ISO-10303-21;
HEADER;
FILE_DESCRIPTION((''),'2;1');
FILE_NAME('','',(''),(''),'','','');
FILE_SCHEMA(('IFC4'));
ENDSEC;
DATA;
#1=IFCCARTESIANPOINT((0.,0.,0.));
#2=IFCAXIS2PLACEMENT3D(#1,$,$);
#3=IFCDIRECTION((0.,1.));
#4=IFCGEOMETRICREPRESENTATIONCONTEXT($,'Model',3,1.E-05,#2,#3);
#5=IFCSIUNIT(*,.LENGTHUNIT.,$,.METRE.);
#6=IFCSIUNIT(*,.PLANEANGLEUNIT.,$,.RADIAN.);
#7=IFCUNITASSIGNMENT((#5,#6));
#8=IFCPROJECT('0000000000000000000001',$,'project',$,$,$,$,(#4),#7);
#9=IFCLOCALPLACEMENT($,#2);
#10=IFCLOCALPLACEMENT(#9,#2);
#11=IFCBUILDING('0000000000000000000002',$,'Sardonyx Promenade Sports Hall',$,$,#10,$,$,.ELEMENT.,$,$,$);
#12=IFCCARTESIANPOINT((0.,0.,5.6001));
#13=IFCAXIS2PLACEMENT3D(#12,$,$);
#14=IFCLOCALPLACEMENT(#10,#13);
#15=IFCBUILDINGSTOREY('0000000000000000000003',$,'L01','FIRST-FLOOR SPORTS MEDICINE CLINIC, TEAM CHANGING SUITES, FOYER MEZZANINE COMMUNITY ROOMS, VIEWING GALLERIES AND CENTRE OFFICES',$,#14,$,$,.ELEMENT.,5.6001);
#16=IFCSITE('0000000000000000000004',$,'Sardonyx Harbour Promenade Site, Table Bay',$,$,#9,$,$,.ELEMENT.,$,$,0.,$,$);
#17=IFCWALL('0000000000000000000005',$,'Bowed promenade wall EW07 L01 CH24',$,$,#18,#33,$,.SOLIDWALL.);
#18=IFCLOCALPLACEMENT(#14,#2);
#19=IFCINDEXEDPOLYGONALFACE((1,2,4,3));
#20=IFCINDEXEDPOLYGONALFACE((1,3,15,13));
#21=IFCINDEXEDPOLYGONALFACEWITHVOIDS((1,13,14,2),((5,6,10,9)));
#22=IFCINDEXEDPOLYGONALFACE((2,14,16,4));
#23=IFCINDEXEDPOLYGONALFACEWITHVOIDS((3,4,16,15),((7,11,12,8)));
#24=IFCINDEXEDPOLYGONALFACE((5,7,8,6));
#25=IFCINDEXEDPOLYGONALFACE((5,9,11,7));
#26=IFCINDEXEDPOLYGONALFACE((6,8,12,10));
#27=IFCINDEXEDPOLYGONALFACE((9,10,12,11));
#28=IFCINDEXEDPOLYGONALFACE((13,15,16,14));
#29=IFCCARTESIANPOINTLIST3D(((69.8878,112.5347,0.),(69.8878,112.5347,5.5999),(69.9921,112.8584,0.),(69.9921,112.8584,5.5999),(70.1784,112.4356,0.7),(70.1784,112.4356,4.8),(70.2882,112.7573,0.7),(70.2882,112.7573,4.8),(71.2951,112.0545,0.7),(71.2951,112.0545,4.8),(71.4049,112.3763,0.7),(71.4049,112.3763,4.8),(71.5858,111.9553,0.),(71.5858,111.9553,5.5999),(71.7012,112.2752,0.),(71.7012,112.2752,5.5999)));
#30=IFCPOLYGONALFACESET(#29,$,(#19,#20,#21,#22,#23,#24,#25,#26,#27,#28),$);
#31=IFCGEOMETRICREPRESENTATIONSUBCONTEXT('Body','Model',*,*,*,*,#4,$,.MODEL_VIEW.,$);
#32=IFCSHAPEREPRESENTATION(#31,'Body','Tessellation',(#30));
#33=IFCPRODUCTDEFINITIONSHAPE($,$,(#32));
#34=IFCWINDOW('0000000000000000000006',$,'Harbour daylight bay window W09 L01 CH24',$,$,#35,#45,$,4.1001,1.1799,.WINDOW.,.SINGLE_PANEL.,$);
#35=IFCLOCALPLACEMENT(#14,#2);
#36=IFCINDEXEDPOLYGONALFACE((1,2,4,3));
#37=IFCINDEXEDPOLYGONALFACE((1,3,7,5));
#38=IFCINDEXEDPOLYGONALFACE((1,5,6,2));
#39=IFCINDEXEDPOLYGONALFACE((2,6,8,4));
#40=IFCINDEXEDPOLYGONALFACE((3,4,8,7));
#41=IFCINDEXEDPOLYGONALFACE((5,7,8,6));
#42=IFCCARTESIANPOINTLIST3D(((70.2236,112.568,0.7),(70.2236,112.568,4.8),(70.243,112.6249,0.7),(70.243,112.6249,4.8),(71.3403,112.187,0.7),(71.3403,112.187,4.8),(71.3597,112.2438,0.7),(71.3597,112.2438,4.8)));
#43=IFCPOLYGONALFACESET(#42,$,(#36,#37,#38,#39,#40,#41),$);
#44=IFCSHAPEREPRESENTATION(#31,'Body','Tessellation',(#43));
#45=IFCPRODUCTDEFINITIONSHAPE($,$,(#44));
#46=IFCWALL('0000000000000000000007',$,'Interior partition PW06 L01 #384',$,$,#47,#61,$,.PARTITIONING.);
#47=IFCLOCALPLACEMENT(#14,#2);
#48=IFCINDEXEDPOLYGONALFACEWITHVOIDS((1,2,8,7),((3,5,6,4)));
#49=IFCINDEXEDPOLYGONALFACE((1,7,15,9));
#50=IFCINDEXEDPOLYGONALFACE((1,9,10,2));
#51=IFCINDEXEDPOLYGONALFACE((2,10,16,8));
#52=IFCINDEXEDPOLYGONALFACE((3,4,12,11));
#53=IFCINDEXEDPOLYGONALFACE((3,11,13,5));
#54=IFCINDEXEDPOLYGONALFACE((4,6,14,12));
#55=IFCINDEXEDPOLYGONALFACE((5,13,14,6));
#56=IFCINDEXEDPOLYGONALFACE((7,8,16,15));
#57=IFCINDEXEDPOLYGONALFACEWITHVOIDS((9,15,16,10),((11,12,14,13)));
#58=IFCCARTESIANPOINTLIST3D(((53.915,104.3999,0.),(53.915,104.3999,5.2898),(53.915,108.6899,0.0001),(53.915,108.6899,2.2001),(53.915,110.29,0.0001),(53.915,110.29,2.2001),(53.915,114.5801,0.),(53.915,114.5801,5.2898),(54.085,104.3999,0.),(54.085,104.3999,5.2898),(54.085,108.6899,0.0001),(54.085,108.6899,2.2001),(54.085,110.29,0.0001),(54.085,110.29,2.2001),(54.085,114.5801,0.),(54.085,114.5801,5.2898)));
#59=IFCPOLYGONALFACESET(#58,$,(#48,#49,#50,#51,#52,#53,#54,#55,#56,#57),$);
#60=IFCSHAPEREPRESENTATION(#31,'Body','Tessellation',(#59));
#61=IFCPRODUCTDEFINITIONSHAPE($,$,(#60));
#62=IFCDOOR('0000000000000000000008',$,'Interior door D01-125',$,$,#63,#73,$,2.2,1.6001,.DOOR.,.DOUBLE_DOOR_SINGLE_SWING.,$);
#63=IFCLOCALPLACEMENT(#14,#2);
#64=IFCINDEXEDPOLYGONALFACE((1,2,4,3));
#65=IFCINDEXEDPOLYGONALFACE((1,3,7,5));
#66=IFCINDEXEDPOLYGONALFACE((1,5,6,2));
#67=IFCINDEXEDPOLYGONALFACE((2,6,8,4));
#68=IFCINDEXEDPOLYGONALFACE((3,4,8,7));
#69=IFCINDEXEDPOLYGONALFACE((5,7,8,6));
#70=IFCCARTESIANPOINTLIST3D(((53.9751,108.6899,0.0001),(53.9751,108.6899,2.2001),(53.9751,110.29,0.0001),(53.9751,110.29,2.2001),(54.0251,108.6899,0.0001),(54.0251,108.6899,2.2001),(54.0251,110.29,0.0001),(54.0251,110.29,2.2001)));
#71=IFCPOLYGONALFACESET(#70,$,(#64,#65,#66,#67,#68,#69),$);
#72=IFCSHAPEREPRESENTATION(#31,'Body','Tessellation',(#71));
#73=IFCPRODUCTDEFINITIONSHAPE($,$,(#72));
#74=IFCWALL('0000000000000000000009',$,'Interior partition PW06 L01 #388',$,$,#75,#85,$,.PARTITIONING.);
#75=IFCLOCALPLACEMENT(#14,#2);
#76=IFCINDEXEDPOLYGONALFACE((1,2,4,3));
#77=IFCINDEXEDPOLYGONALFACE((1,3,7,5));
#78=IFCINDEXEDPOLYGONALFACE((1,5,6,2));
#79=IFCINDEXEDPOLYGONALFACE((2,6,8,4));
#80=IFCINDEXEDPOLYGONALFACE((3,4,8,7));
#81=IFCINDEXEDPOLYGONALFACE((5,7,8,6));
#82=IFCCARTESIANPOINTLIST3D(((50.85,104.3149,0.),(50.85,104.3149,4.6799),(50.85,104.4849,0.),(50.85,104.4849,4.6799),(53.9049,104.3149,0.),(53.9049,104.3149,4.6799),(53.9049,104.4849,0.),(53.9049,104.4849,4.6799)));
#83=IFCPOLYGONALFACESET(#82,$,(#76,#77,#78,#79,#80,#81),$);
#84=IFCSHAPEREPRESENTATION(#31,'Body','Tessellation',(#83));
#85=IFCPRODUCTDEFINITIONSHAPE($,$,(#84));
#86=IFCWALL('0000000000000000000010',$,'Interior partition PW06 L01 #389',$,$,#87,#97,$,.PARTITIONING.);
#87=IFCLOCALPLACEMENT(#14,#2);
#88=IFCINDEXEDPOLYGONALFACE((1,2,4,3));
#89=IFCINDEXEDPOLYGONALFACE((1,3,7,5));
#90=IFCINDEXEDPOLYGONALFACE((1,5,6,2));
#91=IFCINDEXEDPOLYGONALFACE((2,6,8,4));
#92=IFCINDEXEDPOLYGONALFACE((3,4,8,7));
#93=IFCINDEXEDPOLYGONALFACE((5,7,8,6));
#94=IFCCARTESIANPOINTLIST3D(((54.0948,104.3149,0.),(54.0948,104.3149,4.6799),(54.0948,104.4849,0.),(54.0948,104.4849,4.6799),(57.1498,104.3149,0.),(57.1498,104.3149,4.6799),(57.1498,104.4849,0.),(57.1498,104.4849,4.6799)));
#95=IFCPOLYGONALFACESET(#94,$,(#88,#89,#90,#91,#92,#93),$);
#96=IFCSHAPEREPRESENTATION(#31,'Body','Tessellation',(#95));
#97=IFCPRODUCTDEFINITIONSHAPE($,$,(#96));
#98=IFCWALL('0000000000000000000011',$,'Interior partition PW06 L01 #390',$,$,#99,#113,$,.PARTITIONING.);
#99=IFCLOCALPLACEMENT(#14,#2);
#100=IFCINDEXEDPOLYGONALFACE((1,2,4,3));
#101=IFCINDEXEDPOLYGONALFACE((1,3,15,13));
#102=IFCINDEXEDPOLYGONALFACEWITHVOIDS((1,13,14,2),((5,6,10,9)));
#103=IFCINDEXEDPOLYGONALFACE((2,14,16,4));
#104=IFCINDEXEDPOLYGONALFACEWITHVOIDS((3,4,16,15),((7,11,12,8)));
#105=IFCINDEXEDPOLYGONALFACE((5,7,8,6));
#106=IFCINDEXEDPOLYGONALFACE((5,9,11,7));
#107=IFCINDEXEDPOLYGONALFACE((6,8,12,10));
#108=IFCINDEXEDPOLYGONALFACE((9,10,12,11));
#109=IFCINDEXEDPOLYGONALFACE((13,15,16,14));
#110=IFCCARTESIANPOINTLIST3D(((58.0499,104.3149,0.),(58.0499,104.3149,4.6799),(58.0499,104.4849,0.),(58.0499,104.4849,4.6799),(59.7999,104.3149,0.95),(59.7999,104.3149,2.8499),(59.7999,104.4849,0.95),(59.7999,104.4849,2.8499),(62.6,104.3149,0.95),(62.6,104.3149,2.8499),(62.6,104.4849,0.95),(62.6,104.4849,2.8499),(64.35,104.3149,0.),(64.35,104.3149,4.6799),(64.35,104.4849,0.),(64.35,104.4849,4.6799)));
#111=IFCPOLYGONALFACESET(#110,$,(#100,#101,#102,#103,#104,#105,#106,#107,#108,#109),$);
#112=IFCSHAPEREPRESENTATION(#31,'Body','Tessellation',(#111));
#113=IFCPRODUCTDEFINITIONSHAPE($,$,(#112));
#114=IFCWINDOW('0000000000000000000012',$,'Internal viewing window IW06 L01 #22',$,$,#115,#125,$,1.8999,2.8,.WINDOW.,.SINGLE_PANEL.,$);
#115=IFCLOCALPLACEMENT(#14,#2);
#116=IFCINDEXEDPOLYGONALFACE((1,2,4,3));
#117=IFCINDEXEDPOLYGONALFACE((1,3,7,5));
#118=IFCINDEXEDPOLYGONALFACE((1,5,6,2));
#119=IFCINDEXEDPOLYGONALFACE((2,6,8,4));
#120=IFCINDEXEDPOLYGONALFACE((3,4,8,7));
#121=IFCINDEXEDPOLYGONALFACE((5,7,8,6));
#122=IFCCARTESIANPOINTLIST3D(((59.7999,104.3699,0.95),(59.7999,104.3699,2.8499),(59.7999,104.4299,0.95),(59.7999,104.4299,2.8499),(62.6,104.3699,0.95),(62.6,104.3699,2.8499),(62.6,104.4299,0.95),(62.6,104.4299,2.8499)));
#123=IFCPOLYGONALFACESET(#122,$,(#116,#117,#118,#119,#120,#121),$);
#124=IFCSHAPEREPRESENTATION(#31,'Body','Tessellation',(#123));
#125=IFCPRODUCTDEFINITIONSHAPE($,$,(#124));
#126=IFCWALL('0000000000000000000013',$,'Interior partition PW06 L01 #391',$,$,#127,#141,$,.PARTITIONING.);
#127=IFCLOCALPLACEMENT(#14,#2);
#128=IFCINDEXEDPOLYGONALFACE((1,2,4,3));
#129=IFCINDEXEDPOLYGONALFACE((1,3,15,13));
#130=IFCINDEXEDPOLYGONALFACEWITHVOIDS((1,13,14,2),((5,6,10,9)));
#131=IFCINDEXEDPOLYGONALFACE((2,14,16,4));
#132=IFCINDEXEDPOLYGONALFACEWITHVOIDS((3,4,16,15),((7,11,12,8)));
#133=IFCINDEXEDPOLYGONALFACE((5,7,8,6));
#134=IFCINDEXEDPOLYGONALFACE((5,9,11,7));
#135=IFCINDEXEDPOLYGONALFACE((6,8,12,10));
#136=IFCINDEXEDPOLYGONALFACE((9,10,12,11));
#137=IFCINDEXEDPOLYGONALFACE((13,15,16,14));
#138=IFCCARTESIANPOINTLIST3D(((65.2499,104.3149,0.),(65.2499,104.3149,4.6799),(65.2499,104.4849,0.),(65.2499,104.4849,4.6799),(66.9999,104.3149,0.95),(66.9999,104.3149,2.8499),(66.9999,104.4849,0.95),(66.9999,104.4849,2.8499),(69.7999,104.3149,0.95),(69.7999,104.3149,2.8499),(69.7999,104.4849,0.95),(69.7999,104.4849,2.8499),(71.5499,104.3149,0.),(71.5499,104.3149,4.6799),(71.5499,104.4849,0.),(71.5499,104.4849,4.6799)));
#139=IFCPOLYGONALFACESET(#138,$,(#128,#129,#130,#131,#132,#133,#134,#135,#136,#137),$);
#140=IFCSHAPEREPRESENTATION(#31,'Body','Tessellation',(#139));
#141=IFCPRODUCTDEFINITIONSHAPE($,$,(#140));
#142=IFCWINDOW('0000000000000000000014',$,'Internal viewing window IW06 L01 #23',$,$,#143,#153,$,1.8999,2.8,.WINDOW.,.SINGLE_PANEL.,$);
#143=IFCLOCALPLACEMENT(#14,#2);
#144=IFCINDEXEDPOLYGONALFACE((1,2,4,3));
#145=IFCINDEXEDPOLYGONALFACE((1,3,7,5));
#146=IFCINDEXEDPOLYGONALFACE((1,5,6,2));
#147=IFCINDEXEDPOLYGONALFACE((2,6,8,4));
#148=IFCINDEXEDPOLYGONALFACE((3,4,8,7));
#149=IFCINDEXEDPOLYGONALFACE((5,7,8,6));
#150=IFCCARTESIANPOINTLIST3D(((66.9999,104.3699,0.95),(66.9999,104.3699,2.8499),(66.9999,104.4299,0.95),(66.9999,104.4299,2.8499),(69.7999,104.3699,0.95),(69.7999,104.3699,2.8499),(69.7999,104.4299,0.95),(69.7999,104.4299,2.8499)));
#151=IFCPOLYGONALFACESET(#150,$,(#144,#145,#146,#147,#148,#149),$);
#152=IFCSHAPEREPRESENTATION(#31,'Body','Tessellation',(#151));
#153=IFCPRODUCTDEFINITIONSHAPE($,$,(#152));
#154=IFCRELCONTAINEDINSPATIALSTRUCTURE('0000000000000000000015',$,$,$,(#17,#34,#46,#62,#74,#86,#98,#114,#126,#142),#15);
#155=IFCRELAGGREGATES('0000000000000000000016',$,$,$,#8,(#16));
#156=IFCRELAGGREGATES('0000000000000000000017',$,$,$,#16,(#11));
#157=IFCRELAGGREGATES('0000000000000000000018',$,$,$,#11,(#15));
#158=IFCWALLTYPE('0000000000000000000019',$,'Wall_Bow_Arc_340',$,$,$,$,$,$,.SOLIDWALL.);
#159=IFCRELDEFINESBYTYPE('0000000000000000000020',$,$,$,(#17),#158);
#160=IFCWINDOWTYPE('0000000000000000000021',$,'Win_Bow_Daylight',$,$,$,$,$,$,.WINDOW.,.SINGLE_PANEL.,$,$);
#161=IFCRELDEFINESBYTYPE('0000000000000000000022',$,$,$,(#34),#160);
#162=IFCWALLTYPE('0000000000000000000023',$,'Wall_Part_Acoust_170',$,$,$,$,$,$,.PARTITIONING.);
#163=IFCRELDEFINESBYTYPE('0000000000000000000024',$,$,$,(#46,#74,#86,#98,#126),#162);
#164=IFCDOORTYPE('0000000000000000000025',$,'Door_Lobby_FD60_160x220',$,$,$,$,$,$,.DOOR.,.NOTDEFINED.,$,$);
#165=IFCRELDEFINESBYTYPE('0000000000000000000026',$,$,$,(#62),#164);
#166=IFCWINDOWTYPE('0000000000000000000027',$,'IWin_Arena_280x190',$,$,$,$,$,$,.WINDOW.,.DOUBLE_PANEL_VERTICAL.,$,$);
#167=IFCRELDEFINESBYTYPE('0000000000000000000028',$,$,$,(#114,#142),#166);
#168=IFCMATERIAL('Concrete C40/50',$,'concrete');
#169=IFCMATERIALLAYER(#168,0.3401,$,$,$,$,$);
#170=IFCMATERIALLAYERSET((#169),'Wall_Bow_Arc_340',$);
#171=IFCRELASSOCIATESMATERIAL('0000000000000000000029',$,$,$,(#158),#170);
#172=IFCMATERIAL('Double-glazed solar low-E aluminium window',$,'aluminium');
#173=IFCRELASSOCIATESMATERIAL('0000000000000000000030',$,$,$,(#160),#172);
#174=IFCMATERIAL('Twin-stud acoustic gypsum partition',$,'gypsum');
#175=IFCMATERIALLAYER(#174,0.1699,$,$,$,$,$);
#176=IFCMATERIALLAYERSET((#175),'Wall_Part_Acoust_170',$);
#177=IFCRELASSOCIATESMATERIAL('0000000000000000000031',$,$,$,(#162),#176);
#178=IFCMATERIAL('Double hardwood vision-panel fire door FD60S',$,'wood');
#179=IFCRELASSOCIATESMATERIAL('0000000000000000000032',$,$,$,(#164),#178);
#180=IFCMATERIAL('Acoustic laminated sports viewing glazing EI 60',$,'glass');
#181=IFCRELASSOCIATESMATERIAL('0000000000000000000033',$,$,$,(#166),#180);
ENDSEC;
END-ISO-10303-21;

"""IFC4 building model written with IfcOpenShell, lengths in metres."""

from ifc_helpers import new_model, si_unit, direction, frame, frame_2d, origin, place, context, subcontext, project, spatial, polyline, rectangle, outline, extrude, material, layer, layer_set, type_object, element, fill, save


model = new_model("IFC4")

# Units and contexts
model_context = context("Model", 3, precision=1e-05, world=origin(), true_north=direction((0.0, 1.0)))
body_context = subcontext(model_context, "Body", "Model", "MODEL_VIEW")
ifc_project = project(units=[si_unit("LENGTHUNIT", "METRE"), si_unit("PLANEANGLEUNIT", "RADIAN")], contexts=[model_context])

# Site, building, storey
site_placement = place(None, origin())
site = spatial("IfcSite", under=ifc_project, at=site_placement, Name="Sardonyx Harbour Promenade Site, Table Bay", CompositionType="ELEMENT", RefElevation=0.0)
building_placement = place(site_placement, origin())
building = spatial("IfcBuilding", under=site, at=building_placement, Name="Sardonyx Promenade Sports Hall", CompositionType="ELEMENT")
storey_placement = place(building_placement, frame((0.0, 0.0, 5.6001)))
storey = spatial("IfcBuildingStorey", under=building, at=storey_placement, Name="L01", Description="FIRST-FLOOR SPORTS MEDICINE CLINIC, TEAM CHANGING SUITES, FOYER MEZZANINE COMMUNITY ROOMS, VIEWING GALLERIES AND CENTRE OFFICES", CompositionType="ELEMENT", Elevation=5.6001)

# Shared definitions
ifc_material_1 = material(Name="Concrete C40/50", Category="concrete")
ifc_layer_1 = layer(ifc_material_1, 0.3401)
ifc_layer_set_1 = layer_set([ifc_layer_1], Name="Wall_Bow_Arc_340")
wall_type_1 = type_object("IfcWallType", Name="Wall_Bow_Arc_340", PredefinedType="SOLIDWALL", material=ifc_layer_set_1)

# Wall, opening, window
wall_1_placement = place(storey_placement, frame((69.9399, 112.6965, 0.0), z_axis=(0.0, 0.0, 1.0), x_axis=(0.946422, -0.322934, 0.0)))
wall_1 = element("IfcWall", 1, at=wall_1_placement, inside=storey, type_object=wall_type_1, Name="Bowed promenade wall EW07 L01 CH24", PredefinedType="SOLIDWALL", context=body_context, shape_type="SweptSolid", body=[
    extrude(outline(polyline([(0.0029, -0.17), (1.7971, -0.17), (1.8029, 0.17), (-0.0029, 0.17), (0.0029, -0.17)])), origin(), (0.0, 0.0, 1.0), 5.5999),
])
opening_1_placement = place(wall_1_placement, frame((0.3101, 0.0, 0.7)))
opening_1 = element("IfcOpeningElement", 2, at=opening_1_placement, cuts=wall_1, PredefinedType="OPENING", context=body_context, shape_type="SweptSolid", body=[
    extrude(rectangle(XDim=1.1799, YDim=4.1001, at=frame_2d((0.5898, 2.05))), frame((0.0, 0.18, 0.0), z_axis=(0.0, -1.0, 0.0), x_axis=(1.0, 0.0, 0.0)), (0.0, 0.0, 1.0), 0.36),
])
ifc_material_2 = material(Name="Double-glazed solar low-E aluminium window", Category="aluminium")
window_type_1 = type_object("IfcWindowType", Name="Win_Bow_Daylight", PartitioningType="SINGLE_PANEL", PredefinedType="WINDOW", material=ifc_material_2)
window_1_placement = place(opening_1_placement, origin())
window_1 = element("IfcWindow", 3, at=window_1_placement, inside=storey, type_object=window_type_1, Name="Harbour daylight bay window W09 L01 CH24", OverallHeight=4.1001, OverallWidth=1.1799, PartitioningType="SINGLE_PANEL", PredefinedType="WINDOW", context=body_context, shape_type="SweptSolid", body=[
    extrude(rectangle(XDim=1.1799, YDim=4.1001, at=frame_2d((0.5898, 2.05))), frame((0.0, 0.03, 0.0), z_axis=(0.0, -1.0, 0.0), x_axis=(1.0, 0.0, 0.0)), (0.0, 0.0, 1.0), 0.0601),
])
fill(opening_1, window_1)

# Wall, opening, door
ifc_material_3 = material(Name="Twin-stud acoustic gypsum partition", Category="gypsum")
ifc_layer_2 = layer(ifc_material_3, 0.1699)
ifc_layer_set_2 = layer_set([ifc_layer_2], Name="Wall_Part_Acoust_170")
wall_type_2 = type_object("IfcWallType", Name="Wall_Part_Acoust_170", PredefinedType="PARTITIONING", material=ifc_layer_set_2)
wall_2_placement = place(storey_placement, frame((54.0, 104.3999, 0.0), z_axis=(0.0, 0.0, 1.0), x_axis=(0.0, 1.0, 0.0)))
wall_2 = element("IfcWall", 4, at=wall_2_placement, inside=storey, type_object=wall_type_2, Name="Interior partition PW06 L01 #384", PredefinedType="PARTITIONING", context=body_context, shape_type="SweptSolid", body=[
    extrude(rectangle(XDim=10.1802, YDim=0.1699, at=frame_2d((5.0901, 0.0))), origin(), (0.0, 0.0, 1.0), 5.2898),
])
opening_2_placement = place(wall_2_placement, frame((4.29, 0.0, 0.0)))
opening_2 = element("IfcOpeningElement", 5, at=opening_2_placement, cuts=wall_2, PredefinedType="OPENING", context=body_context, shape_type="SweptSolid", body=[
    extrude(rectangle(XDim=1.6001, YDim=2.2, at=frame_2d((0.8, 1.1001))), frame((0.0, 0.095, 0.0), z_axis=(0.0, -1.0, 0.0), x_axis=(1.0, 0.0, 0.0)), (0.0, 0.0, 1.0), 0.19),
])
ifc_material_4 = material(Name="Double hardwood vision-panel fire door FD60S", Category="wood")
door_type = type_object("IfcDoorType", Name="Door_Lobby_FD60_160x220", OperationType="NOTDEFINED", PredefinedType="DOOR", material=ifc_material_4)
door_placement = place(opening_2_placement, origin())
door = element("IfcDoor", 6, at=door_placement, inside=storey, type_object=door_type, Name="Interior door D01-125", OperationType="DOUBLE_DOOR_SINGLE_SWING", OverallHeight=2.2, OverallWidth=1.6001, PredefinedType="DOOR", context=body_context, shape_type="SweptSolid", body=[
    extrude(rectangle(XDim=1.6001, YDim=2.2, at=frame_2d((0.8, 1.1001))), frame((0.0, 0.0249, 0.0), z_axis=(0.0, -1.0, 0.0), x_axis=(1.0, 0.0, 0.0)), (0.0, 0.0, 1.0), 0.05),
])
fill(opening_2, door)

# Walls
for number, where, z_axis, x_axis, name in (
    (7, (50.8501, 104.3999, 0.0), (0.0, 0.0, 1.0), (1.0, 0.0, 0.0), "Interior partition PW06 L01 #388"),
    (8, (54.095, 104.3999, 0.0), (0.0, 0.0, 1.0), (1.0, 0.0, 0.0), "Interior partition PW06 L01 #389"),
):
    element("IfcWall", number, at=place(storey_placement, frame(where, z_axis=z_axis, x_axis=x_axis)), inside=storey, type_object=wall_type_2, Name=name, PredefinedType="PARTITIONING", context=body_context, shape_type="SweptSolid", body=[
        extrude(rectangle(XDim=3.0549, YDim=0.1699, at=frame_2d((1.5273, 0.0))), origin(), (0.0, 0.0, 1.0), 4.6799),
    ])

# Walls, openings, windows
wall_3_placement = place(storey_placement, frame((58.05, 104.3999, 0.0), z_axis=(0.0, 0.0, 1.0), x_axis=(1.0, 0.0, 0.0)))
wall_3 = element("IfcWall", 9, at=wall_3_placement, inside=storey, type_object=wall_type_2, Name="Interior partition PW06 L01 #390", PredefinedType="PARTITIONING", context=body_context, shape_type="SweptSolid", body=[
    extrude(rectangle(XDim=6.3, YDim=0.1699, at=frame_2d((3.1499, 0.0))), origin(), (0.0, 0.0, 1.0), 4.6799),
])
opening_3_placement = place(wall_3_placement, frame((1.75, 0.0, 0.95)))
opening_3 = element("IfcOpeningElement", 10, at=opening_3_placement, cuts=wall_3, PredefinedType="OPENING", context=body_context, shape_type="SweptSolid", body=[
    extrude(rectangle(XDim=2.8, YDim=1.8999, at=frame_2d((1.3999, 0.95))), frame((0.0, 0.095, 0.0), z_axis=(0.0, -1.0, 0.0), x_axis=(1.0, 0.0, 0.0)), (0.0, 0.0, 1.0), 0.19),
])
ifc_material_5 = material(Name="Acoustic laminated sports viewing glazing EI 60", Category="glass")
window_type_2 = type_object("IfcWindowType", Name="IWin_Arena_280x190", PartitioningType="DOUBLE_PANEL_VERTICAL", PredefinedType="WINDOW", material=ifc_material_5)
window_2_placement = place(opening_3_placement, origin())
window_2 = element("IfcWindow", 11, at=window_2_placement, inside=storey, type_object=window_type_2, Name="Internal viewing window IW06 L01 #22", OverallHeight=1.8999, OverallWidth=2.8, PartitioningType="SINGLE_PANEL", PredefinedType="WINDOW", context=body_context, shape_type="SweptSolid", body=[
    extrude(rectangle(XDim=2.8, YDim=1.8999, at=frame_2d((1.3999, 0.95))), frame((0.0, 0.03, 0.0), z_axis=(0.0, -1.0, 0.0), x_axis=(1.0, 0.0, 0.0)), (0.0, 0.0, 1.0), 0.0601),
])
fill(opening_3, window_2)
wall_4_placement = place(storey_placement, frame((65.25, 104.3999, 0.0), z_axis=(0.0, 0.0, 1.0), x_axis=(1.0, 0.0, 0.0)))
wall_4 = element("IfcWall", 12, at=wall_4_placement, inside=storey, type_object=wall_type_2, Name="Interior partition PW06 L01 #391", PredefinedType="PARTITIONING", context=body_context, shape_type="SweptSolid", body=[
    extrude(rectangle(XDim=6.3, YDim=0.1699, at=frame_2d((3.1499, 0.0))), origin(), (0.0, 0.0, 1.0), 4.6799),
])
opening_4_placement = place(wall_4_placement, frame((1.75, 0.0, 0.95)))
opening_4 = element("IfcOpeningElement", 13, at=opening_4_placement, cuts=wall_4, PredefinedType="OPENING", context=body_context, shape_type="SweptSolid", body=[
    extrude(rectangle(XDim=2.8, YDim=1.8999, at=frame_2d((1.3999, 0.95))), frame((0.0, 0.095, 0.0), z_axis=(0.0, -1.0, 0.0), x_axis=(1.0, 0.0, 0.0)), (0.0, 0.0, 1.0), 0.19),
])
window_3_placement = place(opening_4_placement, origin())
window_3 = element("IfcWindow", 14, at=window_3_placement, inside=storey, type_object=window_type_2, Name="Internal viewing window IW06 L01 #23", OverallHeight=1.8999, OverallWidth=2.8, PartitioningType="SINGLE_PANEL", PredefinedType="WINDOW", context=body_context, shape_type="SweptSolid", body=[
    extrude(rectangle(XDim=2.8, YDim=1.8999, at=frame_2d((1.3999, 0.95))), frame((0.0, 0.03, 0.0), z_axis=(0.0, -1.0, 0.0), x_axis=(1.0, 0.0, 0.0)), (0.0, 0.0, 1.0), 0.0601),
])
fill(opening_4, window_3)

save(model, "model.ifc")
